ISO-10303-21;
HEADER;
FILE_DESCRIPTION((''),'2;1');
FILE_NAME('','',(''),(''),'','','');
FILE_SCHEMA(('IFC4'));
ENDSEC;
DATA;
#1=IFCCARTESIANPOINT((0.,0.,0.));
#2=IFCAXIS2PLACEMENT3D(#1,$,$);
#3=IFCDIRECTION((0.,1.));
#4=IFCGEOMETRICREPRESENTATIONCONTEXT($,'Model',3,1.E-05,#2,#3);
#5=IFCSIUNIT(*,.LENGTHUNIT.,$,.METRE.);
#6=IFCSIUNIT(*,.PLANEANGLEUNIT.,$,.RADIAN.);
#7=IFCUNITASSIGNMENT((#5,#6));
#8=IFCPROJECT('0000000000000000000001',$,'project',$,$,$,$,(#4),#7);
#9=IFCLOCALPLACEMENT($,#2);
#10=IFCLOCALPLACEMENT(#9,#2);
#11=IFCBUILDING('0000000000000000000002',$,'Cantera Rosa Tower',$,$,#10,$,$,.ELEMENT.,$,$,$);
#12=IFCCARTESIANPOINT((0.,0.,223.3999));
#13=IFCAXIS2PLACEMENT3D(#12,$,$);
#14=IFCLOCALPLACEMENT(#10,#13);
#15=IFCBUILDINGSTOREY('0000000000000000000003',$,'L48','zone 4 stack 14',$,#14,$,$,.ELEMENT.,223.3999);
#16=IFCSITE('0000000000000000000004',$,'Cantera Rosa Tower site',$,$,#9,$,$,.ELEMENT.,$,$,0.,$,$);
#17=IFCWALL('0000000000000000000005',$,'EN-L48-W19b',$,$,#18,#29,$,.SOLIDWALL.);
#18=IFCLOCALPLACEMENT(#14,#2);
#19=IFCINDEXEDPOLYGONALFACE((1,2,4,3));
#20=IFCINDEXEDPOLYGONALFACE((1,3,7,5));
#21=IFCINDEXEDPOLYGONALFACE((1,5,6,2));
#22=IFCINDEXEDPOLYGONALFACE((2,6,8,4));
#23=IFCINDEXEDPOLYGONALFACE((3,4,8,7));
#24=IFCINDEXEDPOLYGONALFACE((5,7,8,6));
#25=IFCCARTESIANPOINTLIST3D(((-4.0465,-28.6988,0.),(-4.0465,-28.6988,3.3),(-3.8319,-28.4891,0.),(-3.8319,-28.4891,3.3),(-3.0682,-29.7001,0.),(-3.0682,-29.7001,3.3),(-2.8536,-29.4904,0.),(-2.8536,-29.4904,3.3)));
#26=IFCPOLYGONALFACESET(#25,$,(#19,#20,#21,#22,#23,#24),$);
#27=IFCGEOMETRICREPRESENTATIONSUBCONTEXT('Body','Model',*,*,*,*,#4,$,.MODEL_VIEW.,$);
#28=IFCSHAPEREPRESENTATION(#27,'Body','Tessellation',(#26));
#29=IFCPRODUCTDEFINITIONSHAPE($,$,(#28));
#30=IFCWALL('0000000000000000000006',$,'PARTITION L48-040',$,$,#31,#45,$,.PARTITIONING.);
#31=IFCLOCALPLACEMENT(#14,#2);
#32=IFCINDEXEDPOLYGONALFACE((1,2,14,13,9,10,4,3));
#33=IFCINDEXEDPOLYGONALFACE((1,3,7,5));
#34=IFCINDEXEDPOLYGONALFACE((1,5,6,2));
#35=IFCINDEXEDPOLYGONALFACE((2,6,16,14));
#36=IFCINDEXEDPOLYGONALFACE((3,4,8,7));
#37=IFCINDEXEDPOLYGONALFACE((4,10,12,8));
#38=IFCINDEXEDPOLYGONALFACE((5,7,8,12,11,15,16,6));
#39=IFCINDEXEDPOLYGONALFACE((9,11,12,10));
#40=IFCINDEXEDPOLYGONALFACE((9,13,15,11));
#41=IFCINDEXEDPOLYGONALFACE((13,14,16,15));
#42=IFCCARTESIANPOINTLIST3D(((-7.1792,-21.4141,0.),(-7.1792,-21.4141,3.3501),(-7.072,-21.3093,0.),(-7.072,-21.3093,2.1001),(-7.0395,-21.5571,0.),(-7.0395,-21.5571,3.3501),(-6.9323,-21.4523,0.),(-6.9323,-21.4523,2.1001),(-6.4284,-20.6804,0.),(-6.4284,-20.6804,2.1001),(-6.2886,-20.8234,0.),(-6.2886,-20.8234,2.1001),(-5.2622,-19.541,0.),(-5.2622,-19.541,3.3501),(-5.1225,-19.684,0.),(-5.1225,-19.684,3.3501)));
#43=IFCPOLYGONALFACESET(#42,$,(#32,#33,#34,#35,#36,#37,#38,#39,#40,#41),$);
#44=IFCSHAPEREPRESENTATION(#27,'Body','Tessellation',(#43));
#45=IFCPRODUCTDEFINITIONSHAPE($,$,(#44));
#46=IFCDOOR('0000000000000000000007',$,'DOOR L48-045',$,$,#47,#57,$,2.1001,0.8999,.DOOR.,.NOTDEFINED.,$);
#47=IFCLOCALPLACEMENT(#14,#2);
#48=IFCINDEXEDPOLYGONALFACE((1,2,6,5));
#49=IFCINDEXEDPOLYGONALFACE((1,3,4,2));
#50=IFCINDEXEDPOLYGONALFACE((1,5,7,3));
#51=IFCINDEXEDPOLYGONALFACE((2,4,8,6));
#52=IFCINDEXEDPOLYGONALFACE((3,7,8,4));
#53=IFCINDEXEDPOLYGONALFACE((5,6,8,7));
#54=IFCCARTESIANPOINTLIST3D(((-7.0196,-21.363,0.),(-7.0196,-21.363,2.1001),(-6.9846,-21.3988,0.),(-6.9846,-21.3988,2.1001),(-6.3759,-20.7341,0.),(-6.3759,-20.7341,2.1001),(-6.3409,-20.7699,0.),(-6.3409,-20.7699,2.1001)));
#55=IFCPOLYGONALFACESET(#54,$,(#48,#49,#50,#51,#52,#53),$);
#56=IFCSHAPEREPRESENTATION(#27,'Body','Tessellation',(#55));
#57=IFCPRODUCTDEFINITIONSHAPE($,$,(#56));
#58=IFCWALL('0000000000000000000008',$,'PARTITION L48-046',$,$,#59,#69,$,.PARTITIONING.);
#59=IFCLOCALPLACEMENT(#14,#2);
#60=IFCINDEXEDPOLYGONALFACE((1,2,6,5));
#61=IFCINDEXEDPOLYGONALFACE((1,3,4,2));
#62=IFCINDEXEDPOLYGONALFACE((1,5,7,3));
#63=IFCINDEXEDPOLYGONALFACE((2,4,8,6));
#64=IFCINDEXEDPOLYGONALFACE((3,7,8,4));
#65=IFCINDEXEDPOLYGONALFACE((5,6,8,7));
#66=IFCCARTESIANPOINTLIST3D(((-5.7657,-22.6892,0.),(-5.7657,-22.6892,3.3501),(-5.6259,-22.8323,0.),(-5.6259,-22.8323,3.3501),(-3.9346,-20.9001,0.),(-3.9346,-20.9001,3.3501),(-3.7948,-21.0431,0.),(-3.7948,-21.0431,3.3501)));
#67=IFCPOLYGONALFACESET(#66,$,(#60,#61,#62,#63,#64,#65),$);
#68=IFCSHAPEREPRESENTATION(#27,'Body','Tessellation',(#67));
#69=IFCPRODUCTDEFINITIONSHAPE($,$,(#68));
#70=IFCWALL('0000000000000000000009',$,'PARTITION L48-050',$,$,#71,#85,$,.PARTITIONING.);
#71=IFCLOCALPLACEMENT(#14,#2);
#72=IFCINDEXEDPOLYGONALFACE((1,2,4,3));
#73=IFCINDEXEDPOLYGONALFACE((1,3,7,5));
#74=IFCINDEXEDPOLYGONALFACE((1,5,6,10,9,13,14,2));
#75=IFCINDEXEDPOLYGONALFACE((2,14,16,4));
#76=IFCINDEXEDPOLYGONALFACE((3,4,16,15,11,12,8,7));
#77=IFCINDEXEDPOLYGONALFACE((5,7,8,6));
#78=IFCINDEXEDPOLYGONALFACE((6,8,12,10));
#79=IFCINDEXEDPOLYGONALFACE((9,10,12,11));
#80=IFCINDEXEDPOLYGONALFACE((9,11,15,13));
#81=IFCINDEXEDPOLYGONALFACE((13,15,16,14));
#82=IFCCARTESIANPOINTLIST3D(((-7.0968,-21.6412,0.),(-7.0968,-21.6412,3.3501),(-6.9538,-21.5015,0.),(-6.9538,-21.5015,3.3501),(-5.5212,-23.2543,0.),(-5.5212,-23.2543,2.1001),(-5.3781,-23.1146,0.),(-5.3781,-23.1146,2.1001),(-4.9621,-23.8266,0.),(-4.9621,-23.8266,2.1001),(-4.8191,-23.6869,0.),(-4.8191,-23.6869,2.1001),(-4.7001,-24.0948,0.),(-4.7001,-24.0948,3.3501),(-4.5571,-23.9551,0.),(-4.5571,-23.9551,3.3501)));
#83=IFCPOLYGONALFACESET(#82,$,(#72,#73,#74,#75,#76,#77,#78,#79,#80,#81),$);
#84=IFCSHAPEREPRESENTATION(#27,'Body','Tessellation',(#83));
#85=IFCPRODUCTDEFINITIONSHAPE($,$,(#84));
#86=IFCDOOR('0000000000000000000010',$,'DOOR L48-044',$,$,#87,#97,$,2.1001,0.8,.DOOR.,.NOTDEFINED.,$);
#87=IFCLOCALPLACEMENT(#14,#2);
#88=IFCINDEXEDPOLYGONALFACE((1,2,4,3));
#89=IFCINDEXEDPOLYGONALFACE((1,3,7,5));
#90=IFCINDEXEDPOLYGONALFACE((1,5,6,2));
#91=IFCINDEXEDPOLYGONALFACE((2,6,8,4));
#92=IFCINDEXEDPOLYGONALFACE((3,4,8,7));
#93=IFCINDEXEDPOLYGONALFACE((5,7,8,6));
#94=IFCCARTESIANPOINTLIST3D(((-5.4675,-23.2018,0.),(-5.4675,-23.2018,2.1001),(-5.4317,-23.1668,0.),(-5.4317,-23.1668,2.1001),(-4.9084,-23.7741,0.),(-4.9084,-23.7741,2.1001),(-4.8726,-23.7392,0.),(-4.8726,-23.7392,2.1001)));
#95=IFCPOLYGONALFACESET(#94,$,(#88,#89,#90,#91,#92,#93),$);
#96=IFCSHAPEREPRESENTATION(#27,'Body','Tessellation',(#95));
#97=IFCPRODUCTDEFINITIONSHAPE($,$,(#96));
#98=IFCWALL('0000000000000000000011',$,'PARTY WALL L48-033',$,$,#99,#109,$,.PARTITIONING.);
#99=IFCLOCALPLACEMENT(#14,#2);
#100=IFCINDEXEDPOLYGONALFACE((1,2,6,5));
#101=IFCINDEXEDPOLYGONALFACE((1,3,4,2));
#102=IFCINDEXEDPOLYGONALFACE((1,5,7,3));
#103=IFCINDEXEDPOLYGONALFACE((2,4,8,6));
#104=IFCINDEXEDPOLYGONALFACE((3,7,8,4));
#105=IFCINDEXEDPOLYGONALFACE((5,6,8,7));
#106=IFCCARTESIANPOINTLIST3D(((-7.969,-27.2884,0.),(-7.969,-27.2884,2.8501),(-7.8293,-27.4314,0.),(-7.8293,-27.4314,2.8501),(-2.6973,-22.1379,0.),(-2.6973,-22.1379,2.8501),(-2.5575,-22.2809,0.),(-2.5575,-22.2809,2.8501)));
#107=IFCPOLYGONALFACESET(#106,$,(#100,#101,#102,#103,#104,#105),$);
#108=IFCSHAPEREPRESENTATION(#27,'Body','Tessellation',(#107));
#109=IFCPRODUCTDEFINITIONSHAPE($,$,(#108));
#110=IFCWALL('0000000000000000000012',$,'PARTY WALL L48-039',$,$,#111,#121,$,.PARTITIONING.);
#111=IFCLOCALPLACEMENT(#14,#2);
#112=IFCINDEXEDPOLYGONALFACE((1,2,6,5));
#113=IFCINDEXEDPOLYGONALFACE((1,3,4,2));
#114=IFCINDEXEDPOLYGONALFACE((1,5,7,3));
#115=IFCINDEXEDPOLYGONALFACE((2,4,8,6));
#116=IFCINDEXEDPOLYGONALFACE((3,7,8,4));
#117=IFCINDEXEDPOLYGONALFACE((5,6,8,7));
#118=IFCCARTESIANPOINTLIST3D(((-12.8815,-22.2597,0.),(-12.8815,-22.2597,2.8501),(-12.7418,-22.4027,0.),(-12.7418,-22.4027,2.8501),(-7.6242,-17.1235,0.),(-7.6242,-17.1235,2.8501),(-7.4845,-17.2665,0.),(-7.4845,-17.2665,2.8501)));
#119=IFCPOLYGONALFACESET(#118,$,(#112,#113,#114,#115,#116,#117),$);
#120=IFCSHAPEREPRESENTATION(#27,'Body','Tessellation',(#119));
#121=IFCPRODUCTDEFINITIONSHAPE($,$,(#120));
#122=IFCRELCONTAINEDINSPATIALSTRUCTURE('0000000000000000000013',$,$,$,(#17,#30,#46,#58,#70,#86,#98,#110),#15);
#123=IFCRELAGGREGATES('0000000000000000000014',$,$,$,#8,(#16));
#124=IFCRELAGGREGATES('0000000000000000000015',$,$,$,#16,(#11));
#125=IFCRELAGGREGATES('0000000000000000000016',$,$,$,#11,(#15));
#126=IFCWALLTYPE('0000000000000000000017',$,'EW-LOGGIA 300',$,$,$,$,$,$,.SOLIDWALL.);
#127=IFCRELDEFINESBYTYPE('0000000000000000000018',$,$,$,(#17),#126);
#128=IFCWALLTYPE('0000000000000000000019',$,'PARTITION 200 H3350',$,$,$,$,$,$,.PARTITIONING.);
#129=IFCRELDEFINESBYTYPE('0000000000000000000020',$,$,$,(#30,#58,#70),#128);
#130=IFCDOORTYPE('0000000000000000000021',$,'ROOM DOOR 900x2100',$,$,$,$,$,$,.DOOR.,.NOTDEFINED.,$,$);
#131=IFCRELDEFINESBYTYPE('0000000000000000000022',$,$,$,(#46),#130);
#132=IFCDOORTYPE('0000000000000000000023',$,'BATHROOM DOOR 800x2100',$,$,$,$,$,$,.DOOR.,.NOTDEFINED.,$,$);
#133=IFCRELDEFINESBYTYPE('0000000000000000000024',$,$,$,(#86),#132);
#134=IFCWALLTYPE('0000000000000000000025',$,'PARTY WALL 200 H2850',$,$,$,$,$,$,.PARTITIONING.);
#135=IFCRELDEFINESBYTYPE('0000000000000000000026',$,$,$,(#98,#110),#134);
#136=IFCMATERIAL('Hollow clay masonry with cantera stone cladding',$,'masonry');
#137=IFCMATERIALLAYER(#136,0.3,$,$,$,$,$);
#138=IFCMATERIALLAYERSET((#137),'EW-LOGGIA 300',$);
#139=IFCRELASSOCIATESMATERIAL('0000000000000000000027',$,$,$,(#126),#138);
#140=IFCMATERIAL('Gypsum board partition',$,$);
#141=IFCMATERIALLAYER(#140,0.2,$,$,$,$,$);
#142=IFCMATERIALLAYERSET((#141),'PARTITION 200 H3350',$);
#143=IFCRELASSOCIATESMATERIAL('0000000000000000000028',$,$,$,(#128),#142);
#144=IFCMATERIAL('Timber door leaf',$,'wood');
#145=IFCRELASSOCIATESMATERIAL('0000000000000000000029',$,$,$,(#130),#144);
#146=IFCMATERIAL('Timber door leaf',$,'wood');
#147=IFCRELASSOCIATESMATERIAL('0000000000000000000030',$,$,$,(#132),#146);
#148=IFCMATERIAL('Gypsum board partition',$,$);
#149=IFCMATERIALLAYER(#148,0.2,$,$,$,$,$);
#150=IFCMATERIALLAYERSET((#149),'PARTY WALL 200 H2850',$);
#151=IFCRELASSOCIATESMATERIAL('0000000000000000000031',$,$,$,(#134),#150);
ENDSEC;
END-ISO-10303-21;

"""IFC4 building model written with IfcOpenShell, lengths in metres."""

from ifc_helpers import new_model, si_unit, direction, frame, frame_2d, origin, place, context, subcontext, project, spatial, rectangle, extrude, material, layer, layer_set, type_object, element, fill, save


model = new_model("IFC4")

# Units and contexts
model_context = context("Model", 3, precision=1e-05, world=origin(), true_north=direction((0.0, 1.0)))
body_context = subcontext(model_context, "Body", "Model", "MODEL_VIEW")
ifc_project = project(units=[si_unit("LENGTHUNIT", "METRE"), si_unit("PLANEANGLEUNIT", "RADIAN")], contexts=[model_context])

# Site, building, storey
site_placement = place(None, origin())
site = spatial("IfcSite", under=ifc_project, at=site_placement, Name="Cantera Rosa Tower site", CompositionType="ELEMENT", RefElevation=0.0)
building_placement = place(site_placement, origin())
building = spatial("IfcBuilding", under=site, at=building_placement, Name="Cantera Rosa Tower", CompositionType="ELEMENT")
storey_placement = place(building_placement, frame((0.0, 0.0, 223.3999)))
storey = spatial("IfcBuildingStorey", under=building, at=storey_placement, Name="L48", Description="zone 4 stack 14", CompositionType="ELEMENT", Elevation=223.3999)

# Wall
ifc_material_1 = material(Name="Hollow clay masonry with cantera stone cladding", Category="masonry")
ifc_layer_1 = layer(ifc_material_1, 0.3)
ifc_layer_set_1 = layer_set([ifc_layer_1], Name="EW-LOGGIA 300")
wall_type_1 = type_object("IfcWallType", Name="EW-LOGGIA 300", PredefinedType="SOLIDWALL", material=ifc_layer_set_1)
wall_1_placement = place(storey_placement, frame((-3.9392, -28.594, 0.0), z_axis=(0.0, 0.0, 1.0), x_axis=(0.698862, -0.715257, 0.0)))
element("IfcWall", 1, at=wall_1_placement, inside=storey, type_object=wall_type_1, Name="EN-L48-W19b", PredefinedType="SOLIDWALL", context=body_context, shape_type="SweptSolid", body=[
    extrude(rectangle(XDim=1.3999, YDim=0.3, at=frame_2d((0.7, 0.0))), origin(), (0.0, 0.0, 1.0), 3.3),
])

# Wall, opening, door
ifc_material_2 = material(Name="Gypsum board partition")
ifc_layer_2 = layer(ifc_material_2, 0.2)
ifc_layer_set_2 = layer_set([ifc_layer_2], Name="PARTITION 200 H3350")
wall_type_2 = type_object("IfcWallType", Name="PARTITION 200 H3350", PredefinedType="PARTITIONING", material=ifc_layer_set_2)
wall_2_placement = place(storey_placement, frame((-7.1094, -21.4856, 0.0), z_axis=(0.0, 0.0, 1.0), x_axis=(0.715258, 0.698861, 0.0)))
wall_2 = element("IfcWall", 2, at=wall_2_placement, inside=storey, type_object=wall_type_2, Name="PARTITION L48-040", PredefinedType="PARTITIONING", context=body_context, shape_type="SweptSolid", body=[
    extrude(rectangle(XDim=2.6802, YDim=0.2, at=frame_2d((1.3401, 0.0))), origin(), (0.0, 0.0, 1.0), 3.3501),
])
opening_1_placement = place(wall_2_placement, frame((0.1499, 0.0, 0.0)))
opening_1 = element("IfcOpeningElement", 3, at=opening_1_placement, cuts=wall_2, PredefinedType="OPENING", context=body_context, shape_type="SweptSolid", body=[
    extrude(rectangle(XDim=0.8999, YDim=2.1001, at=frame_2d((0.45, 1.05))), frame((0.0, 0.1099, 0.0), z_axis=(0.0, -1.0, 0.0), x_axis=(1.0, 0.0, 0.0)), (0.0, 0.0, 1.0), 0.22),
])
ifc_material_3 = material(Name="Timber door leaf", Category="wood")
door_type_1 = type_object("IfcDoorType", Name="ROOM DOOR 900x2100", OperationType="NOTDEFINED", PredefinedType="DOOR", material=ifc_material_3)
door_1_placement = place(opening_1_placement, origin())
door_1 = element("IfcDoor", 4, at=door_1_placement, inside=storey, type_object=door_type_1, Name="DOOR L48-045", OperationType="NOTDEFINED", OverallHeight=2.1001, OverallWidth=0.8999, PredefinedType="DOOR", context=body_context, shape_type="SweptSolid", body=[
    extrude(rectangle(XDim=0.8999, YDim=2.1001, at=frame_2d((0.45, 1.05))), frame((0.0, 0.0249, 0.0), z_axis=(0.0, -1.0, 0.0), x_axis=(1.0, 0.0, 0.0)), (0.0, 0.0, 1.0), 0.05),
])
fill(opening_1, door_1)

# Wall
wall_3_placement = place(storey_placement, frame((-5.6958, -22.7607, 0.0), z_axis=(0.0, 0.0, 1.0), x_axis=(0.715261, 0.698858, 0.0)))
element("IfcWall", 5, at=wall_3_placement, inside=storey, type_object=wall_type_2, Name="PARTITION L48-046", PredefinedType="PARTITIONING", context=body_context, shape_type="SweptSolid", body=[
    extrude(rectangle(XDim=2.5601, YDim=0.2, at=frame_2d((1.28, 0.0))), origin(), (0.0, 0.0, 1.0), 3.3501),
])

# Wall, opening, door
wall_4_placement = place(storey_placement, frame((-4.6287, -24.0249, 0.0), z_axis=(0.0, 0.0, 1.0), x_axis=(-0.698766, 0.715351, 0.0)))
wall_4 = element("IfcWall", 6, at=wall_4_placement, inside=storey, type_object=wall_type_2, Name="PARTITION L48-050", PredefinedType="PARTITIONING", context=body_context, shape_type="SweptSolid", body=[
    extrude(rectangle(XDim=3.4299, YDim=0.2, at=frame_2d((1.7148, 0.0))), origin(), (0.0, 0.0, 1.0), 3.3501),
])
opening_2_placement = place(wall_4_placement, frame((0.375, 0.0, 0.0)))
opening_2 = element("IfcOpeningElement", 7, at=opening_2_placement, cuts=wall_4, PredefinedType="OPENING", context=body_context, shape_type="SweptSolid", body=[
    extrude(rectangle(XDim=0.8, YDim=2.1001, at=frame_2d((0.3999, 1.05))), frame((0.0, 0.1099, 0.0), z_axis=(0.0, -1.0, 0.0), x_axis=(1.0, 0.0, 0.0)), (0.0, 0.0, 1.0), 0.22),
])
ifc_material_4 = material(Name="Timber door leaf", Category="wood")
door_type_2 = type_object("IfcDoorType", Name="BATHROOM DOOR 800x2100", OperationType="NOTDEFINED", PredefinedType="DOOR", material=ifc_material_4)
door_2_placement = place(opening_2_placement, origin())
door_2 = element("IfcDoor", 8, at=door_2_placement, inside=storey, type_object=door_type_2, Name="DOOR L48-044", OperationType="NOTDEFINED", OverallHeight=2.1001, OverallWidth=0.8, PredefinedType="DOOR", context=body_context, shape_type="SweptSolid", body=[
    extrude(rectangle(XDim=0.8, YDim=2.1001, at=frame_2d((0.3999, 1.05))), frame((0.0, 0.0249, 0.0), z_axis=(0.0, -1.0, 0.0), x_axis=(1.0, 0.0, 0.0)), (0.0, 0.0, 1.0), 0.05),
])
fill(opening_2, door_2)

# Walls
ifc_material_5 = material(Name="Gypsum board partition")
ifc_layer_3 = layer(ifc_material_5, 0.2)
ifc_layer_set_3 = layer_set([ifc_layer_3], Name="PARTY WALL 200 H2850")
wall_type_3 = type_object("IfcWallType", Name="PARTY WALL 200 H2850", PredefinedType="PARTITIONING", material=ifc_layer_set_3)
wall_5_placement = place(storey_placement, frame((-7.8992, -27.3599, 0.0), z_axis=(0.0, 0.0, 1.0), x_axis=(0.715291, 0.698827, 0.0)))
element("IfcWall", 9, at=wall_5_placement, inside=storey, type_object=wall_type_3, Name="PARTY WALL L48-033", PredefinedType="PARTITIONING", context=body_context, shape_type="SweptSolid", body=[
    extrude(rectangle(XDim=7.3701, YDim=0.2, at=frame_2d((3.6851, 0.0))), origin(), (0.0, 0.0, 1.0), 2.8501),
])
wall_6_placement = place(storey_placement, frame((-7.5544, -17.1951, 0.0), z_axis=(0.0, 0.0, 1.0), x_axis=(-0.715297, -0.698821, 0.0)))
element("IfcWall", 10, at=wall_6_placement, inside=storey, type_object=wall_type_3, Name="PARTY WALL L48-039", PredefinedType="PARTITIONING", context=body_context, shape_type="SweptSolid", body=[
    extrude(rectangle(XDim=7.3499, YDim=0.2, at=frame_2d((3.6748, 0.0))), origin(), (0.0, 0.0, 1.0), 2.8501),
])

save(model, "model.ifc")
